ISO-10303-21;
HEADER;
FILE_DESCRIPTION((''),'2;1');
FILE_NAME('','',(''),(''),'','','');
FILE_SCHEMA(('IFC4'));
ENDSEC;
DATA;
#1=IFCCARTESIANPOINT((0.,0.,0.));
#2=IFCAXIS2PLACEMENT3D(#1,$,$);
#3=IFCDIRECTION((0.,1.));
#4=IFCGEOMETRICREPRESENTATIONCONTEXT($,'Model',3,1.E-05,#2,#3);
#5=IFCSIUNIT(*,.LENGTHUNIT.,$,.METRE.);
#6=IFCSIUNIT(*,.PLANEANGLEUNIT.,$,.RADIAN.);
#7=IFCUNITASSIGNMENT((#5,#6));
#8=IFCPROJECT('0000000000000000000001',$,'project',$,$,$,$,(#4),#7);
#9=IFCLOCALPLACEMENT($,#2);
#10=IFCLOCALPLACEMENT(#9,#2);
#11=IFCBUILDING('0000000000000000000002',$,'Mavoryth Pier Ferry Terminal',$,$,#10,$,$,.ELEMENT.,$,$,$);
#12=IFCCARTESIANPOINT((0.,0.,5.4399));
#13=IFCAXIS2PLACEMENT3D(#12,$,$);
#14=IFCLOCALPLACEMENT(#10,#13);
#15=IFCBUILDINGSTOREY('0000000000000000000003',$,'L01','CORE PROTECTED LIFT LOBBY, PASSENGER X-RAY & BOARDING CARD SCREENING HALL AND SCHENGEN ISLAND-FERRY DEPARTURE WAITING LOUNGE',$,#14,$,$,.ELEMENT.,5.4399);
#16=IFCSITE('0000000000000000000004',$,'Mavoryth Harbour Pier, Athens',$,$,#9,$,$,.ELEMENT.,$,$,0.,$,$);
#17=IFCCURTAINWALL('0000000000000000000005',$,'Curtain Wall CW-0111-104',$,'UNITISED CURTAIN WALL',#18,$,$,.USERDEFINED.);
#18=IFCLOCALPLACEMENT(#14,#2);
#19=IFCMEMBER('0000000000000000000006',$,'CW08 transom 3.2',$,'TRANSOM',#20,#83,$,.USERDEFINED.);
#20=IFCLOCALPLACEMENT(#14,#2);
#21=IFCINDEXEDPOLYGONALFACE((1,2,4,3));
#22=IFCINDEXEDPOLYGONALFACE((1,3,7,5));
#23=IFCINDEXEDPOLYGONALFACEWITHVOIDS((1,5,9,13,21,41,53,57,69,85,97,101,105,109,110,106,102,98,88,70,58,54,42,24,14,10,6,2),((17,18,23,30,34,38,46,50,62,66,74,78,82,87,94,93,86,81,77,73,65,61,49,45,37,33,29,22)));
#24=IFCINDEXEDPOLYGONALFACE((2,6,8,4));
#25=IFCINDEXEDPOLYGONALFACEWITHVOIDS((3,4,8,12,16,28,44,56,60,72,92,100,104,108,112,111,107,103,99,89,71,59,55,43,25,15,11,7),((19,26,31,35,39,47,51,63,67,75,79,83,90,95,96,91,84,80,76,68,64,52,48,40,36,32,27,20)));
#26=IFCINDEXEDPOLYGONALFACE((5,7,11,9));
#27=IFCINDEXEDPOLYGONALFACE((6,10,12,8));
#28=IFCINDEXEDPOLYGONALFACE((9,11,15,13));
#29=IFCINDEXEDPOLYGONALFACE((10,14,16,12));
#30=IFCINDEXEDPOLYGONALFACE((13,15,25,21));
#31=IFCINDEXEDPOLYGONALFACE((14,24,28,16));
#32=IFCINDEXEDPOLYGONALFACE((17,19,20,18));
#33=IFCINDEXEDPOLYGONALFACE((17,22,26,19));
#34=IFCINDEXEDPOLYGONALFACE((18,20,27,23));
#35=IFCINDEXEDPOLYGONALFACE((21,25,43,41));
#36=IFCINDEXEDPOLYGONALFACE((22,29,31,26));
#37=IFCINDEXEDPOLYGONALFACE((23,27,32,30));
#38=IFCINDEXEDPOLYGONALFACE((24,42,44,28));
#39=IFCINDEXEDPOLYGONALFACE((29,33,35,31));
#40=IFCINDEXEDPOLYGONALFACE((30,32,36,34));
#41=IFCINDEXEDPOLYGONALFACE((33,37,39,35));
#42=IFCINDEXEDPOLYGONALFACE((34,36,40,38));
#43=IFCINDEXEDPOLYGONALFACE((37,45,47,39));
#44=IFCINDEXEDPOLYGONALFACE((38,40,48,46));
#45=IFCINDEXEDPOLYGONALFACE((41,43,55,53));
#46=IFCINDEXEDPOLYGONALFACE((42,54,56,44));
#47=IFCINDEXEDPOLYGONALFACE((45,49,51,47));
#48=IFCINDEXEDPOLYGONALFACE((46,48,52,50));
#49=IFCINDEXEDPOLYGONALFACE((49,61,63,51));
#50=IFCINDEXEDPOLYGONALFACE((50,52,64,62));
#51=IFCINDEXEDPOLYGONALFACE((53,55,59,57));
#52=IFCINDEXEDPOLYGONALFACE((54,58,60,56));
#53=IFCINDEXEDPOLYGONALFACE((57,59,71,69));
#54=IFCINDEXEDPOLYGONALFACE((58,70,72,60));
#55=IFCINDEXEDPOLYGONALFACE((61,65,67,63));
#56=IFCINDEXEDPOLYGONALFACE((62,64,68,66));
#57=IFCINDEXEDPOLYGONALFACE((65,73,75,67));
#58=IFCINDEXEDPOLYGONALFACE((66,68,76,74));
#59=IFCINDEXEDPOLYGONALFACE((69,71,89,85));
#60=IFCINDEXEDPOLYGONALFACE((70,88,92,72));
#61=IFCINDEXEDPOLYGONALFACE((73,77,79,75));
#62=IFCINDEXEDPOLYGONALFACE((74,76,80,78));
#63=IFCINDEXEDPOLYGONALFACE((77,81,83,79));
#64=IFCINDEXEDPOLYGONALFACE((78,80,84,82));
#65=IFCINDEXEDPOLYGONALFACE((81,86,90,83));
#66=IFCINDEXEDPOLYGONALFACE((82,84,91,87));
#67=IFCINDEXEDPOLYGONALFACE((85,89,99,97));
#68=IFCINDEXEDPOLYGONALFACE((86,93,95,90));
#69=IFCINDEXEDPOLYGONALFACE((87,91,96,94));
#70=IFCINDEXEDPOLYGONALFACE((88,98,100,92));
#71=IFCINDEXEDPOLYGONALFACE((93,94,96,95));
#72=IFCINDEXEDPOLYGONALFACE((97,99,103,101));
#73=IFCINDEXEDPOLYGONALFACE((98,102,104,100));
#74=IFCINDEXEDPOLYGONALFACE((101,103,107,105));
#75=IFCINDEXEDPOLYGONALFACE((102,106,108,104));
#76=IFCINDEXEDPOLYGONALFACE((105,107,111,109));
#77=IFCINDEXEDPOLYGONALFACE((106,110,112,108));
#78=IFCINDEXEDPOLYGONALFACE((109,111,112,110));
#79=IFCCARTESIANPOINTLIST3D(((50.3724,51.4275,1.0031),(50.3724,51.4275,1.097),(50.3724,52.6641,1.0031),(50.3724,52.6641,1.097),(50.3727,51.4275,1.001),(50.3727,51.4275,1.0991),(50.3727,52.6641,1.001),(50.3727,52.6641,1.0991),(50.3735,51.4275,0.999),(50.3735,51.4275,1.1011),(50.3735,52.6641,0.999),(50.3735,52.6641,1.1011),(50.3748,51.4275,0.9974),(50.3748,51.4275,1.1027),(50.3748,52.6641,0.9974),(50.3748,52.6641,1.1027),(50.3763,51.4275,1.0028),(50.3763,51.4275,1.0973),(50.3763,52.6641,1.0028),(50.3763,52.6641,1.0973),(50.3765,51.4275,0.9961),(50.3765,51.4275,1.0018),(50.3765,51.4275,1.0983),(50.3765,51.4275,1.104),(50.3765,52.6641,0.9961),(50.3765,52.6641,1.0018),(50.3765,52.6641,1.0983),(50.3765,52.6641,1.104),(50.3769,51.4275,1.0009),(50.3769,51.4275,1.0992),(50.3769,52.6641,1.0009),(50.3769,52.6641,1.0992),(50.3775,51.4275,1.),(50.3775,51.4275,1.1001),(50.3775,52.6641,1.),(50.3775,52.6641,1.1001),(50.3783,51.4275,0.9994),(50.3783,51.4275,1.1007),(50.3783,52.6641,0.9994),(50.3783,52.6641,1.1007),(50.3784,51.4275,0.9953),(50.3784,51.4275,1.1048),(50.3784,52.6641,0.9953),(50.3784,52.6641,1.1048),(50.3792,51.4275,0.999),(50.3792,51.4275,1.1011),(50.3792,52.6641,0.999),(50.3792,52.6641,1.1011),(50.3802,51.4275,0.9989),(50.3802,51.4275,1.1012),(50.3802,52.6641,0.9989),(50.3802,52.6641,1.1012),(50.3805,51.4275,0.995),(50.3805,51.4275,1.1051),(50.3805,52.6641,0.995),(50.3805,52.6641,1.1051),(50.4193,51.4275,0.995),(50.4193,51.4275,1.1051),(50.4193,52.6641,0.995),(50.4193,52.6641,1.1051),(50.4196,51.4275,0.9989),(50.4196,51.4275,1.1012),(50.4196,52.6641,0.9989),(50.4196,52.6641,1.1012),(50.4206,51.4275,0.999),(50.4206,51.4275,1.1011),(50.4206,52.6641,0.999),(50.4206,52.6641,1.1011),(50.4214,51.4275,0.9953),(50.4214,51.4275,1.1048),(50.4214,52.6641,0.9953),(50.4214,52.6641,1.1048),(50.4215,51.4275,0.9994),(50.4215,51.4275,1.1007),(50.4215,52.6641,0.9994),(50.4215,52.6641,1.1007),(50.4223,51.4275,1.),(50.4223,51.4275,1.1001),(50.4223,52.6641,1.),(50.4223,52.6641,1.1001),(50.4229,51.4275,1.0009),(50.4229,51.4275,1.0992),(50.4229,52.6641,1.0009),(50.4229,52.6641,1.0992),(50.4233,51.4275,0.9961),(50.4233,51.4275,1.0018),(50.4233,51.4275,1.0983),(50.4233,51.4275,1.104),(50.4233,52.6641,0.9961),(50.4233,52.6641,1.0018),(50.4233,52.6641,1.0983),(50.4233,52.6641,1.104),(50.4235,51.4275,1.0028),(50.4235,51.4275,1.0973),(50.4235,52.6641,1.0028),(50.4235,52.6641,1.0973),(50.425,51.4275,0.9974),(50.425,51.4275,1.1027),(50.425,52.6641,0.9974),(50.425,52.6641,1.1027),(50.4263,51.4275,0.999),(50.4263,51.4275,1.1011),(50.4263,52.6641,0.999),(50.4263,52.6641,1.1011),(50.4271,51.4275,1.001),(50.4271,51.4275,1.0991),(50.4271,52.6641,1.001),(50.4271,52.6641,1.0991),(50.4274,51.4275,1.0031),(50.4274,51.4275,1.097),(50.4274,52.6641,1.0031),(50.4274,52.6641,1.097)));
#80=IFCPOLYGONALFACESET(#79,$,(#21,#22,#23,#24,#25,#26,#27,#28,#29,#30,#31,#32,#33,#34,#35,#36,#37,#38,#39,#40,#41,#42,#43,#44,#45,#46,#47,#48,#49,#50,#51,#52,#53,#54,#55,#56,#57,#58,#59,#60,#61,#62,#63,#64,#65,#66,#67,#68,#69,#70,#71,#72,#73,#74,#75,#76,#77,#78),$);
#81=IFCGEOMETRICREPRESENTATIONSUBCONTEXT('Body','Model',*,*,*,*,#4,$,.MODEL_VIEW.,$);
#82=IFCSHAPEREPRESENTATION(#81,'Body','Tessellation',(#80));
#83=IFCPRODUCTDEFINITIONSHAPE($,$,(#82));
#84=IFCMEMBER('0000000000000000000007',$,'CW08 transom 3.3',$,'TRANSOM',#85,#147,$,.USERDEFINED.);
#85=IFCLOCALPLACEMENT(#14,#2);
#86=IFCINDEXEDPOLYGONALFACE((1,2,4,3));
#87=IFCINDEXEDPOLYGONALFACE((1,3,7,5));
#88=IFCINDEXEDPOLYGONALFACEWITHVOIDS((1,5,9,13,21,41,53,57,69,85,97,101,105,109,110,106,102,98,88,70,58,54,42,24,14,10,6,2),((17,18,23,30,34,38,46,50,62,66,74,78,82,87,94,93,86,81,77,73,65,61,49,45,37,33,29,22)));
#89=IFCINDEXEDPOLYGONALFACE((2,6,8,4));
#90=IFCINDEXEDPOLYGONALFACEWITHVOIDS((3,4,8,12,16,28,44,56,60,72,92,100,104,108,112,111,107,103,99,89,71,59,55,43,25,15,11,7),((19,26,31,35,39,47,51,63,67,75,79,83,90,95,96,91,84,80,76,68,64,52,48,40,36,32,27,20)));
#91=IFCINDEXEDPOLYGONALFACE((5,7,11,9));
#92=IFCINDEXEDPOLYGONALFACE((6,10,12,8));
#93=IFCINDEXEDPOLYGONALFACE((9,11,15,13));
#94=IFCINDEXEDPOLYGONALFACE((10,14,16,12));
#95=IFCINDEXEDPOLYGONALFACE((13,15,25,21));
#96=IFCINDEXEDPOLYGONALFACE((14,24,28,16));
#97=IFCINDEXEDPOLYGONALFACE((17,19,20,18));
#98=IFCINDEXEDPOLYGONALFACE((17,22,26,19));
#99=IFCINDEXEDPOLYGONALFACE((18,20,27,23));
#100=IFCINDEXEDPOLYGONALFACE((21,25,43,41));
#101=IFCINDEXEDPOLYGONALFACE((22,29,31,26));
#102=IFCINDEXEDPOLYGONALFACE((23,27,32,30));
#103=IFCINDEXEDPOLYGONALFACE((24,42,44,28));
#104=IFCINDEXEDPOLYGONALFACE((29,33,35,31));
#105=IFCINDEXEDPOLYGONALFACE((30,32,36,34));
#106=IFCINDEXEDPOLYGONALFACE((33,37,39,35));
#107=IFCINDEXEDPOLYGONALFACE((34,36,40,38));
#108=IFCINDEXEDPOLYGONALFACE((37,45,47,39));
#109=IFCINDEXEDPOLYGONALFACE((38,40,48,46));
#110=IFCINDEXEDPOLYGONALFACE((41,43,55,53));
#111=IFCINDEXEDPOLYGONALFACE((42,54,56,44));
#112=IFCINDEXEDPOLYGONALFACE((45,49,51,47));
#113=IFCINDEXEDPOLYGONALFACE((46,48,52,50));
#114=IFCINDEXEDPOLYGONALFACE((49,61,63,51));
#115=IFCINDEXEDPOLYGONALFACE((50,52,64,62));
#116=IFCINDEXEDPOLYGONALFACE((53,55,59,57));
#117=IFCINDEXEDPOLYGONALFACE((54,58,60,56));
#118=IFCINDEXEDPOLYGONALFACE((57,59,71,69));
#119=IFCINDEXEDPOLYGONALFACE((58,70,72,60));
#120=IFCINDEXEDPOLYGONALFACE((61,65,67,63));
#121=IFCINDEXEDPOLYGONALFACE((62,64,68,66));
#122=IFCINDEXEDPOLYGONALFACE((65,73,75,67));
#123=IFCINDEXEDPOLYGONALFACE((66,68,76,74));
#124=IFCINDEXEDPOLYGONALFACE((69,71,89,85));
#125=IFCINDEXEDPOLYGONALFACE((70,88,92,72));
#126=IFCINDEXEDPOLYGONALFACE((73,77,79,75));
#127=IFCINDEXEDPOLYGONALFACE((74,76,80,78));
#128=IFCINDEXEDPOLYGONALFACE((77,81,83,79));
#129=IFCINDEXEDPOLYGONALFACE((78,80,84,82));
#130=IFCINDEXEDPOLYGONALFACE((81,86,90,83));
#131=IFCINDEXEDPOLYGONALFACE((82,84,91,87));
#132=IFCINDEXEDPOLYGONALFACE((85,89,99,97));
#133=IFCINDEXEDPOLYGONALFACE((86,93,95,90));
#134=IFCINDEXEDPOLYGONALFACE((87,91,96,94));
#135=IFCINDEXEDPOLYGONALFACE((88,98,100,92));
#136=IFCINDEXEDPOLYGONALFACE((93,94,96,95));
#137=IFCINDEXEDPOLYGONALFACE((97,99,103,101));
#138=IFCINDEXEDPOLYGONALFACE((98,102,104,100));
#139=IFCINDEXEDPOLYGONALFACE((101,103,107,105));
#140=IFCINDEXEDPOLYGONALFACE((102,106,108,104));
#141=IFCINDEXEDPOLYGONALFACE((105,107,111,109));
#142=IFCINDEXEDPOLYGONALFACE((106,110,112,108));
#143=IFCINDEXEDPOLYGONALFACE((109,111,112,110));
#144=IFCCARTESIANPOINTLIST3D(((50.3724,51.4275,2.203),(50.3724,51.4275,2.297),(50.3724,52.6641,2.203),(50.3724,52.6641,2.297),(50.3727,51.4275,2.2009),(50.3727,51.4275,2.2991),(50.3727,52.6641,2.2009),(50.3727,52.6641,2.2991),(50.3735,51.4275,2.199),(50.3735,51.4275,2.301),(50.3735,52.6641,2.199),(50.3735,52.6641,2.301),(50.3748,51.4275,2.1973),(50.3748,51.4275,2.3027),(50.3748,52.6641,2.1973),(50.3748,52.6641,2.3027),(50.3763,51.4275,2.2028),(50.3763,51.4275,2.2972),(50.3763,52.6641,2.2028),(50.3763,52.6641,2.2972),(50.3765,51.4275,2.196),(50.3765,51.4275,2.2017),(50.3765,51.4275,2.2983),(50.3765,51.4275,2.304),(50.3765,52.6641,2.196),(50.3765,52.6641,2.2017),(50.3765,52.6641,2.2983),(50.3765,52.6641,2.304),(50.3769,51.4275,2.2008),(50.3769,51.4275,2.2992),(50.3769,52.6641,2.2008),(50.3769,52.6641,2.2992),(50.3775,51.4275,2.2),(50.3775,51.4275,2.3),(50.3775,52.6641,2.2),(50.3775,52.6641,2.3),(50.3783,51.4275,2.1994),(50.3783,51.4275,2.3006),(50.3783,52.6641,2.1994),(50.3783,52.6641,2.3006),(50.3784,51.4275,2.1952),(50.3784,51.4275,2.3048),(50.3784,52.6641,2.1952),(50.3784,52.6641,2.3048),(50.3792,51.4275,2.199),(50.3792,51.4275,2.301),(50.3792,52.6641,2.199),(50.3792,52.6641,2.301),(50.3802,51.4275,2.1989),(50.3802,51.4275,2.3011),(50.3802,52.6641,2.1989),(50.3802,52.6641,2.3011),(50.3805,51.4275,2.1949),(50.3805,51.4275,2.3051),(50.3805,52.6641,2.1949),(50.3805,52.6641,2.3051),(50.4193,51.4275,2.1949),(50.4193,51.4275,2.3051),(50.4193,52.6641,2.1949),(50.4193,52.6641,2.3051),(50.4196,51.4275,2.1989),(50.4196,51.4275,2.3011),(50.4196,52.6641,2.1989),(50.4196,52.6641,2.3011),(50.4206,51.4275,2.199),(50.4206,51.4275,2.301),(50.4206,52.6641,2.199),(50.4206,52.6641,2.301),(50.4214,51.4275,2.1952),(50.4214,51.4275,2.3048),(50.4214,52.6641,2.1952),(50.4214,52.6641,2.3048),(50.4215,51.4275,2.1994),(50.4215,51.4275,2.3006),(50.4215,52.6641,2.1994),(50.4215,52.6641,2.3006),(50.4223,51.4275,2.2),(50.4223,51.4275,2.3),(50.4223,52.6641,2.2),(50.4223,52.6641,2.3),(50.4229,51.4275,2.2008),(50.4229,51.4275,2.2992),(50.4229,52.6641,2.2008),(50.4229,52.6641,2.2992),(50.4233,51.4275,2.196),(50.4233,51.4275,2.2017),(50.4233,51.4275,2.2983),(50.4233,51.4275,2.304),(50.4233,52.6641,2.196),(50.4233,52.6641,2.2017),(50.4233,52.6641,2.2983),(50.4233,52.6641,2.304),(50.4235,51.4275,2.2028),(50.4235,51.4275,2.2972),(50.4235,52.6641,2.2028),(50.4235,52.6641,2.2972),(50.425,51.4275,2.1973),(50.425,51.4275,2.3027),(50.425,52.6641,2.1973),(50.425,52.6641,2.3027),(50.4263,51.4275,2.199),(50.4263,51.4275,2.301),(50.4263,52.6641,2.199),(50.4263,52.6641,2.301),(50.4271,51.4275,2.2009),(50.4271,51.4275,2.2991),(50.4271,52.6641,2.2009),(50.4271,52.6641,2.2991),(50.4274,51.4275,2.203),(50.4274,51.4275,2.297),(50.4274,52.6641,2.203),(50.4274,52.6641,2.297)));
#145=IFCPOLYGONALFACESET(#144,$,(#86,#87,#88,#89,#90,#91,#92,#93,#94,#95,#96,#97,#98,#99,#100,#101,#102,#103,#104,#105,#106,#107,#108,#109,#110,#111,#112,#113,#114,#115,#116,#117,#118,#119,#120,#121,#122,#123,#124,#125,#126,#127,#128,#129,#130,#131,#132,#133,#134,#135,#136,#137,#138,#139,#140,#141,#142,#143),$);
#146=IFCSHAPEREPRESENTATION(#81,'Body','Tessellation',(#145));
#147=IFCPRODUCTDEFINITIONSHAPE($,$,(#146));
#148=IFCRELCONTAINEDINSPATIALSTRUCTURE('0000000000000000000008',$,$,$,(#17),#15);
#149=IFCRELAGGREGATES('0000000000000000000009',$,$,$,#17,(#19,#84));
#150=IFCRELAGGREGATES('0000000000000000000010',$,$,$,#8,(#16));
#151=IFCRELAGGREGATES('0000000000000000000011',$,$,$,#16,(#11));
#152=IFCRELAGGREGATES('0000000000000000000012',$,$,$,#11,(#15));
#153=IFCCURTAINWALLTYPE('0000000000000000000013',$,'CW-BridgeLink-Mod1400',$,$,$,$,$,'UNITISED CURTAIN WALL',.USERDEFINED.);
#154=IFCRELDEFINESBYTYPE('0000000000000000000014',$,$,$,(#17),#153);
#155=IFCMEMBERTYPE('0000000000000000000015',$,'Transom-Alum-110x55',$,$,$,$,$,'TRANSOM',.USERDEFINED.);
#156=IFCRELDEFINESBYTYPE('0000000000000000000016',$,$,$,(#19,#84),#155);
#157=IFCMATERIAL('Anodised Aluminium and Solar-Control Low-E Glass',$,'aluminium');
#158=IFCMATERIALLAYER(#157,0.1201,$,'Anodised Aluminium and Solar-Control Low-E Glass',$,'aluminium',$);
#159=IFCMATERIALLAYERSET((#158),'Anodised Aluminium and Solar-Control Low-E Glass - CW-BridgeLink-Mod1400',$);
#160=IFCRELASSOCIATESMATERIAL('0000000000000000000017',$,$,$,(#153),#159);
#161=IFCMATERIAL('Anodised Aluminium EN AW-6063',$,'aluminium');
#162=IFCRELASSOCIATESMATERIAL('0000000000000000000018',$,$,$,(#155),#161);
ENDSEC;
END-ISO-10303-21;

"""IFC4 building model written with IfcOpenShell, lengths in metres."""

from ifc_helpers import new_model, si_unit, direction, frame, origin, origin_2d, place, context, subcontext, project, spatial, hollow_rectangle, extrude, material, layer, layer_set, material_profile, profile_set, type_object, element, aggregate, save


model = new_model("IFC4")

# Units and contexts
model_context = context("Model", 3, precision=1e-05, world=origin(), true_north=direction((0.0, 1.0)))
body_context = subcontext(model_context, "Body", "Model", "MODEL_VIEW")
ifc_project = project(units=[si_unit("LENGTHUNIT", "METRE"), si_unit("PLANEANGLEUNIT", "RADIAN")], contexts=[model_context])

# Site, building, storey
site_placement = place(None, origin())
site = spatial("IfcSite", under=ifc_project, at=site_placement, Name="Mavoryth Harbour Pier, Athens", CompositionType="ELEMENT", RefElevation=0.0)
building_placement = place(site_placement, origin())
building = spatial("IfcBuilding", under=site, at=building_placement, Name="Mavoryth Pier Ferry Terminal", CompositionType="ELEMENT")
storey_placement = place(building_placement, frame((0.0, 0.0, 5.4399)))
storey = spatial("IfcBuildingStorey", under=building, at=storey_placement, Name="L01", Description="CORE PROTECTED LIFT LOBBY, PASSENGER X-RAY & BOARDING CARD SCREENING HALL AND SCHENGEN ISLAND-FERRY DEPARTURE WAITING LOUNGE", CompositionType="ELEMENT", Elevation=5.4399)

# Curtain wall, members
ifc_material_1 = material(Name="Anodised Aluminium and Solar-Control Low-E Glass", Category="aluminium")
ifc_layer_1 = layer(ifc_material_1, 0.1201, Name="Anodised Aluminium and Solar-Control Low-E Glass", Category="aluminium")
ifc_layer_set_1 = layer_set([ifc_layer_1], Name="Anodised Aluminium and Solar-Control Low-E Glass - CW-BridgeLink-Mod1400")
curtain_wall_type = type_object("IfcCurtainWallType", Name="CW-BridgeLink-Mod1400", ElementType="UNITISED CURTAIN WALL", PredefinedType="USERDEFINED", material=ifc_layer_set_1)
curtain_wall_placement = place(storey_placement, origin())
curtain_wall = element("IfcCurtainWall", 1, at=curtain_wall_placement, inside=storey, type_object=curtain_wall_type, Name="Curtain Wall CW-0111-104", ObjectType="UNITISED CURTAIN WALL", PredefinedType="USERDEFINED")
ifc_material_2 = material(Name="Anodised Aluminium EN AW-6063", Category="aluminium")
ifc_material_profile_1 = material_profile(ifc_material_2, hollow_rectangle(XDim=0.0549, YDim=0.1101, WallThickness=0.0039, InnerFilletRadius=0.0039, OuterFilletRadius=0.0081, at=origin_2d()), Name="AL-TRAN 110x55x4", Category="aluminium")
ifc_profile_set_1 = profile_set([ifc_material_profile_1], Name="Anodised Aluminium EN AW-6063 - AL-TRAN 110x55x4")
member_type_1 = type_object("IfcMemberType", Name="Transom-Alum-110x55", ElementType="TRANSOM", PredefinedType="USERDEFINED", material=ifc_profile_set_1)
member_1_placement = place(storey_placement, frame((50.3999, 52.6641, 1.05), z_axis=(0.0, -1.0, 0.0), x_axis=(1.0, 0.0, 0.0)))
member_1 = element("IfcMember", 2, at=member_1_placement, type_object=member_type_1, Name="CW08 transom 3.2", ObjectType="TRANSOM", PredefinedType="USERDEFINED", context=body_context, shape_type="SweptSolid", body=[
    extrude(hollow_rectangle(XDim=0.0549, YDim=0.1101, WallThickness=0.0039, InnerFilletRadius=0.0039, OuterFilletRadius=0.0081, at=origin_2d()), origin(), (0.0, 0.0, 1.0), 1.2366),
])
member_2_placement = place(storey_placement, frame((50.3999, 52.6641, 2.25), z_axis=(0.0, -1.0, 0.0), x_axis=(1.0, 0.0, 0.0)))
member_2 = element("IfcMember", 3, at=member_2_placement, type_object=member_type_1, Name="CW08 transom 3.3", ObjectType="TRANSOM", PredefinedType="USERDEFINED", context=body_context, shape_type="SweptSolid", body=[
    extrude(hollow_rectangle(XDim=0.0549, YDim=0.1101, WallThickness=0.0039, InnerFilletRadius=0.0039, OuterFilletRadius=0.0081, at=origin_2d()), origin(), (0.0, 0.0, 1.0), 1.2366),
])
aggregate(curtain_wall, [member_1, member_2])

save(model, "model.ifc")
